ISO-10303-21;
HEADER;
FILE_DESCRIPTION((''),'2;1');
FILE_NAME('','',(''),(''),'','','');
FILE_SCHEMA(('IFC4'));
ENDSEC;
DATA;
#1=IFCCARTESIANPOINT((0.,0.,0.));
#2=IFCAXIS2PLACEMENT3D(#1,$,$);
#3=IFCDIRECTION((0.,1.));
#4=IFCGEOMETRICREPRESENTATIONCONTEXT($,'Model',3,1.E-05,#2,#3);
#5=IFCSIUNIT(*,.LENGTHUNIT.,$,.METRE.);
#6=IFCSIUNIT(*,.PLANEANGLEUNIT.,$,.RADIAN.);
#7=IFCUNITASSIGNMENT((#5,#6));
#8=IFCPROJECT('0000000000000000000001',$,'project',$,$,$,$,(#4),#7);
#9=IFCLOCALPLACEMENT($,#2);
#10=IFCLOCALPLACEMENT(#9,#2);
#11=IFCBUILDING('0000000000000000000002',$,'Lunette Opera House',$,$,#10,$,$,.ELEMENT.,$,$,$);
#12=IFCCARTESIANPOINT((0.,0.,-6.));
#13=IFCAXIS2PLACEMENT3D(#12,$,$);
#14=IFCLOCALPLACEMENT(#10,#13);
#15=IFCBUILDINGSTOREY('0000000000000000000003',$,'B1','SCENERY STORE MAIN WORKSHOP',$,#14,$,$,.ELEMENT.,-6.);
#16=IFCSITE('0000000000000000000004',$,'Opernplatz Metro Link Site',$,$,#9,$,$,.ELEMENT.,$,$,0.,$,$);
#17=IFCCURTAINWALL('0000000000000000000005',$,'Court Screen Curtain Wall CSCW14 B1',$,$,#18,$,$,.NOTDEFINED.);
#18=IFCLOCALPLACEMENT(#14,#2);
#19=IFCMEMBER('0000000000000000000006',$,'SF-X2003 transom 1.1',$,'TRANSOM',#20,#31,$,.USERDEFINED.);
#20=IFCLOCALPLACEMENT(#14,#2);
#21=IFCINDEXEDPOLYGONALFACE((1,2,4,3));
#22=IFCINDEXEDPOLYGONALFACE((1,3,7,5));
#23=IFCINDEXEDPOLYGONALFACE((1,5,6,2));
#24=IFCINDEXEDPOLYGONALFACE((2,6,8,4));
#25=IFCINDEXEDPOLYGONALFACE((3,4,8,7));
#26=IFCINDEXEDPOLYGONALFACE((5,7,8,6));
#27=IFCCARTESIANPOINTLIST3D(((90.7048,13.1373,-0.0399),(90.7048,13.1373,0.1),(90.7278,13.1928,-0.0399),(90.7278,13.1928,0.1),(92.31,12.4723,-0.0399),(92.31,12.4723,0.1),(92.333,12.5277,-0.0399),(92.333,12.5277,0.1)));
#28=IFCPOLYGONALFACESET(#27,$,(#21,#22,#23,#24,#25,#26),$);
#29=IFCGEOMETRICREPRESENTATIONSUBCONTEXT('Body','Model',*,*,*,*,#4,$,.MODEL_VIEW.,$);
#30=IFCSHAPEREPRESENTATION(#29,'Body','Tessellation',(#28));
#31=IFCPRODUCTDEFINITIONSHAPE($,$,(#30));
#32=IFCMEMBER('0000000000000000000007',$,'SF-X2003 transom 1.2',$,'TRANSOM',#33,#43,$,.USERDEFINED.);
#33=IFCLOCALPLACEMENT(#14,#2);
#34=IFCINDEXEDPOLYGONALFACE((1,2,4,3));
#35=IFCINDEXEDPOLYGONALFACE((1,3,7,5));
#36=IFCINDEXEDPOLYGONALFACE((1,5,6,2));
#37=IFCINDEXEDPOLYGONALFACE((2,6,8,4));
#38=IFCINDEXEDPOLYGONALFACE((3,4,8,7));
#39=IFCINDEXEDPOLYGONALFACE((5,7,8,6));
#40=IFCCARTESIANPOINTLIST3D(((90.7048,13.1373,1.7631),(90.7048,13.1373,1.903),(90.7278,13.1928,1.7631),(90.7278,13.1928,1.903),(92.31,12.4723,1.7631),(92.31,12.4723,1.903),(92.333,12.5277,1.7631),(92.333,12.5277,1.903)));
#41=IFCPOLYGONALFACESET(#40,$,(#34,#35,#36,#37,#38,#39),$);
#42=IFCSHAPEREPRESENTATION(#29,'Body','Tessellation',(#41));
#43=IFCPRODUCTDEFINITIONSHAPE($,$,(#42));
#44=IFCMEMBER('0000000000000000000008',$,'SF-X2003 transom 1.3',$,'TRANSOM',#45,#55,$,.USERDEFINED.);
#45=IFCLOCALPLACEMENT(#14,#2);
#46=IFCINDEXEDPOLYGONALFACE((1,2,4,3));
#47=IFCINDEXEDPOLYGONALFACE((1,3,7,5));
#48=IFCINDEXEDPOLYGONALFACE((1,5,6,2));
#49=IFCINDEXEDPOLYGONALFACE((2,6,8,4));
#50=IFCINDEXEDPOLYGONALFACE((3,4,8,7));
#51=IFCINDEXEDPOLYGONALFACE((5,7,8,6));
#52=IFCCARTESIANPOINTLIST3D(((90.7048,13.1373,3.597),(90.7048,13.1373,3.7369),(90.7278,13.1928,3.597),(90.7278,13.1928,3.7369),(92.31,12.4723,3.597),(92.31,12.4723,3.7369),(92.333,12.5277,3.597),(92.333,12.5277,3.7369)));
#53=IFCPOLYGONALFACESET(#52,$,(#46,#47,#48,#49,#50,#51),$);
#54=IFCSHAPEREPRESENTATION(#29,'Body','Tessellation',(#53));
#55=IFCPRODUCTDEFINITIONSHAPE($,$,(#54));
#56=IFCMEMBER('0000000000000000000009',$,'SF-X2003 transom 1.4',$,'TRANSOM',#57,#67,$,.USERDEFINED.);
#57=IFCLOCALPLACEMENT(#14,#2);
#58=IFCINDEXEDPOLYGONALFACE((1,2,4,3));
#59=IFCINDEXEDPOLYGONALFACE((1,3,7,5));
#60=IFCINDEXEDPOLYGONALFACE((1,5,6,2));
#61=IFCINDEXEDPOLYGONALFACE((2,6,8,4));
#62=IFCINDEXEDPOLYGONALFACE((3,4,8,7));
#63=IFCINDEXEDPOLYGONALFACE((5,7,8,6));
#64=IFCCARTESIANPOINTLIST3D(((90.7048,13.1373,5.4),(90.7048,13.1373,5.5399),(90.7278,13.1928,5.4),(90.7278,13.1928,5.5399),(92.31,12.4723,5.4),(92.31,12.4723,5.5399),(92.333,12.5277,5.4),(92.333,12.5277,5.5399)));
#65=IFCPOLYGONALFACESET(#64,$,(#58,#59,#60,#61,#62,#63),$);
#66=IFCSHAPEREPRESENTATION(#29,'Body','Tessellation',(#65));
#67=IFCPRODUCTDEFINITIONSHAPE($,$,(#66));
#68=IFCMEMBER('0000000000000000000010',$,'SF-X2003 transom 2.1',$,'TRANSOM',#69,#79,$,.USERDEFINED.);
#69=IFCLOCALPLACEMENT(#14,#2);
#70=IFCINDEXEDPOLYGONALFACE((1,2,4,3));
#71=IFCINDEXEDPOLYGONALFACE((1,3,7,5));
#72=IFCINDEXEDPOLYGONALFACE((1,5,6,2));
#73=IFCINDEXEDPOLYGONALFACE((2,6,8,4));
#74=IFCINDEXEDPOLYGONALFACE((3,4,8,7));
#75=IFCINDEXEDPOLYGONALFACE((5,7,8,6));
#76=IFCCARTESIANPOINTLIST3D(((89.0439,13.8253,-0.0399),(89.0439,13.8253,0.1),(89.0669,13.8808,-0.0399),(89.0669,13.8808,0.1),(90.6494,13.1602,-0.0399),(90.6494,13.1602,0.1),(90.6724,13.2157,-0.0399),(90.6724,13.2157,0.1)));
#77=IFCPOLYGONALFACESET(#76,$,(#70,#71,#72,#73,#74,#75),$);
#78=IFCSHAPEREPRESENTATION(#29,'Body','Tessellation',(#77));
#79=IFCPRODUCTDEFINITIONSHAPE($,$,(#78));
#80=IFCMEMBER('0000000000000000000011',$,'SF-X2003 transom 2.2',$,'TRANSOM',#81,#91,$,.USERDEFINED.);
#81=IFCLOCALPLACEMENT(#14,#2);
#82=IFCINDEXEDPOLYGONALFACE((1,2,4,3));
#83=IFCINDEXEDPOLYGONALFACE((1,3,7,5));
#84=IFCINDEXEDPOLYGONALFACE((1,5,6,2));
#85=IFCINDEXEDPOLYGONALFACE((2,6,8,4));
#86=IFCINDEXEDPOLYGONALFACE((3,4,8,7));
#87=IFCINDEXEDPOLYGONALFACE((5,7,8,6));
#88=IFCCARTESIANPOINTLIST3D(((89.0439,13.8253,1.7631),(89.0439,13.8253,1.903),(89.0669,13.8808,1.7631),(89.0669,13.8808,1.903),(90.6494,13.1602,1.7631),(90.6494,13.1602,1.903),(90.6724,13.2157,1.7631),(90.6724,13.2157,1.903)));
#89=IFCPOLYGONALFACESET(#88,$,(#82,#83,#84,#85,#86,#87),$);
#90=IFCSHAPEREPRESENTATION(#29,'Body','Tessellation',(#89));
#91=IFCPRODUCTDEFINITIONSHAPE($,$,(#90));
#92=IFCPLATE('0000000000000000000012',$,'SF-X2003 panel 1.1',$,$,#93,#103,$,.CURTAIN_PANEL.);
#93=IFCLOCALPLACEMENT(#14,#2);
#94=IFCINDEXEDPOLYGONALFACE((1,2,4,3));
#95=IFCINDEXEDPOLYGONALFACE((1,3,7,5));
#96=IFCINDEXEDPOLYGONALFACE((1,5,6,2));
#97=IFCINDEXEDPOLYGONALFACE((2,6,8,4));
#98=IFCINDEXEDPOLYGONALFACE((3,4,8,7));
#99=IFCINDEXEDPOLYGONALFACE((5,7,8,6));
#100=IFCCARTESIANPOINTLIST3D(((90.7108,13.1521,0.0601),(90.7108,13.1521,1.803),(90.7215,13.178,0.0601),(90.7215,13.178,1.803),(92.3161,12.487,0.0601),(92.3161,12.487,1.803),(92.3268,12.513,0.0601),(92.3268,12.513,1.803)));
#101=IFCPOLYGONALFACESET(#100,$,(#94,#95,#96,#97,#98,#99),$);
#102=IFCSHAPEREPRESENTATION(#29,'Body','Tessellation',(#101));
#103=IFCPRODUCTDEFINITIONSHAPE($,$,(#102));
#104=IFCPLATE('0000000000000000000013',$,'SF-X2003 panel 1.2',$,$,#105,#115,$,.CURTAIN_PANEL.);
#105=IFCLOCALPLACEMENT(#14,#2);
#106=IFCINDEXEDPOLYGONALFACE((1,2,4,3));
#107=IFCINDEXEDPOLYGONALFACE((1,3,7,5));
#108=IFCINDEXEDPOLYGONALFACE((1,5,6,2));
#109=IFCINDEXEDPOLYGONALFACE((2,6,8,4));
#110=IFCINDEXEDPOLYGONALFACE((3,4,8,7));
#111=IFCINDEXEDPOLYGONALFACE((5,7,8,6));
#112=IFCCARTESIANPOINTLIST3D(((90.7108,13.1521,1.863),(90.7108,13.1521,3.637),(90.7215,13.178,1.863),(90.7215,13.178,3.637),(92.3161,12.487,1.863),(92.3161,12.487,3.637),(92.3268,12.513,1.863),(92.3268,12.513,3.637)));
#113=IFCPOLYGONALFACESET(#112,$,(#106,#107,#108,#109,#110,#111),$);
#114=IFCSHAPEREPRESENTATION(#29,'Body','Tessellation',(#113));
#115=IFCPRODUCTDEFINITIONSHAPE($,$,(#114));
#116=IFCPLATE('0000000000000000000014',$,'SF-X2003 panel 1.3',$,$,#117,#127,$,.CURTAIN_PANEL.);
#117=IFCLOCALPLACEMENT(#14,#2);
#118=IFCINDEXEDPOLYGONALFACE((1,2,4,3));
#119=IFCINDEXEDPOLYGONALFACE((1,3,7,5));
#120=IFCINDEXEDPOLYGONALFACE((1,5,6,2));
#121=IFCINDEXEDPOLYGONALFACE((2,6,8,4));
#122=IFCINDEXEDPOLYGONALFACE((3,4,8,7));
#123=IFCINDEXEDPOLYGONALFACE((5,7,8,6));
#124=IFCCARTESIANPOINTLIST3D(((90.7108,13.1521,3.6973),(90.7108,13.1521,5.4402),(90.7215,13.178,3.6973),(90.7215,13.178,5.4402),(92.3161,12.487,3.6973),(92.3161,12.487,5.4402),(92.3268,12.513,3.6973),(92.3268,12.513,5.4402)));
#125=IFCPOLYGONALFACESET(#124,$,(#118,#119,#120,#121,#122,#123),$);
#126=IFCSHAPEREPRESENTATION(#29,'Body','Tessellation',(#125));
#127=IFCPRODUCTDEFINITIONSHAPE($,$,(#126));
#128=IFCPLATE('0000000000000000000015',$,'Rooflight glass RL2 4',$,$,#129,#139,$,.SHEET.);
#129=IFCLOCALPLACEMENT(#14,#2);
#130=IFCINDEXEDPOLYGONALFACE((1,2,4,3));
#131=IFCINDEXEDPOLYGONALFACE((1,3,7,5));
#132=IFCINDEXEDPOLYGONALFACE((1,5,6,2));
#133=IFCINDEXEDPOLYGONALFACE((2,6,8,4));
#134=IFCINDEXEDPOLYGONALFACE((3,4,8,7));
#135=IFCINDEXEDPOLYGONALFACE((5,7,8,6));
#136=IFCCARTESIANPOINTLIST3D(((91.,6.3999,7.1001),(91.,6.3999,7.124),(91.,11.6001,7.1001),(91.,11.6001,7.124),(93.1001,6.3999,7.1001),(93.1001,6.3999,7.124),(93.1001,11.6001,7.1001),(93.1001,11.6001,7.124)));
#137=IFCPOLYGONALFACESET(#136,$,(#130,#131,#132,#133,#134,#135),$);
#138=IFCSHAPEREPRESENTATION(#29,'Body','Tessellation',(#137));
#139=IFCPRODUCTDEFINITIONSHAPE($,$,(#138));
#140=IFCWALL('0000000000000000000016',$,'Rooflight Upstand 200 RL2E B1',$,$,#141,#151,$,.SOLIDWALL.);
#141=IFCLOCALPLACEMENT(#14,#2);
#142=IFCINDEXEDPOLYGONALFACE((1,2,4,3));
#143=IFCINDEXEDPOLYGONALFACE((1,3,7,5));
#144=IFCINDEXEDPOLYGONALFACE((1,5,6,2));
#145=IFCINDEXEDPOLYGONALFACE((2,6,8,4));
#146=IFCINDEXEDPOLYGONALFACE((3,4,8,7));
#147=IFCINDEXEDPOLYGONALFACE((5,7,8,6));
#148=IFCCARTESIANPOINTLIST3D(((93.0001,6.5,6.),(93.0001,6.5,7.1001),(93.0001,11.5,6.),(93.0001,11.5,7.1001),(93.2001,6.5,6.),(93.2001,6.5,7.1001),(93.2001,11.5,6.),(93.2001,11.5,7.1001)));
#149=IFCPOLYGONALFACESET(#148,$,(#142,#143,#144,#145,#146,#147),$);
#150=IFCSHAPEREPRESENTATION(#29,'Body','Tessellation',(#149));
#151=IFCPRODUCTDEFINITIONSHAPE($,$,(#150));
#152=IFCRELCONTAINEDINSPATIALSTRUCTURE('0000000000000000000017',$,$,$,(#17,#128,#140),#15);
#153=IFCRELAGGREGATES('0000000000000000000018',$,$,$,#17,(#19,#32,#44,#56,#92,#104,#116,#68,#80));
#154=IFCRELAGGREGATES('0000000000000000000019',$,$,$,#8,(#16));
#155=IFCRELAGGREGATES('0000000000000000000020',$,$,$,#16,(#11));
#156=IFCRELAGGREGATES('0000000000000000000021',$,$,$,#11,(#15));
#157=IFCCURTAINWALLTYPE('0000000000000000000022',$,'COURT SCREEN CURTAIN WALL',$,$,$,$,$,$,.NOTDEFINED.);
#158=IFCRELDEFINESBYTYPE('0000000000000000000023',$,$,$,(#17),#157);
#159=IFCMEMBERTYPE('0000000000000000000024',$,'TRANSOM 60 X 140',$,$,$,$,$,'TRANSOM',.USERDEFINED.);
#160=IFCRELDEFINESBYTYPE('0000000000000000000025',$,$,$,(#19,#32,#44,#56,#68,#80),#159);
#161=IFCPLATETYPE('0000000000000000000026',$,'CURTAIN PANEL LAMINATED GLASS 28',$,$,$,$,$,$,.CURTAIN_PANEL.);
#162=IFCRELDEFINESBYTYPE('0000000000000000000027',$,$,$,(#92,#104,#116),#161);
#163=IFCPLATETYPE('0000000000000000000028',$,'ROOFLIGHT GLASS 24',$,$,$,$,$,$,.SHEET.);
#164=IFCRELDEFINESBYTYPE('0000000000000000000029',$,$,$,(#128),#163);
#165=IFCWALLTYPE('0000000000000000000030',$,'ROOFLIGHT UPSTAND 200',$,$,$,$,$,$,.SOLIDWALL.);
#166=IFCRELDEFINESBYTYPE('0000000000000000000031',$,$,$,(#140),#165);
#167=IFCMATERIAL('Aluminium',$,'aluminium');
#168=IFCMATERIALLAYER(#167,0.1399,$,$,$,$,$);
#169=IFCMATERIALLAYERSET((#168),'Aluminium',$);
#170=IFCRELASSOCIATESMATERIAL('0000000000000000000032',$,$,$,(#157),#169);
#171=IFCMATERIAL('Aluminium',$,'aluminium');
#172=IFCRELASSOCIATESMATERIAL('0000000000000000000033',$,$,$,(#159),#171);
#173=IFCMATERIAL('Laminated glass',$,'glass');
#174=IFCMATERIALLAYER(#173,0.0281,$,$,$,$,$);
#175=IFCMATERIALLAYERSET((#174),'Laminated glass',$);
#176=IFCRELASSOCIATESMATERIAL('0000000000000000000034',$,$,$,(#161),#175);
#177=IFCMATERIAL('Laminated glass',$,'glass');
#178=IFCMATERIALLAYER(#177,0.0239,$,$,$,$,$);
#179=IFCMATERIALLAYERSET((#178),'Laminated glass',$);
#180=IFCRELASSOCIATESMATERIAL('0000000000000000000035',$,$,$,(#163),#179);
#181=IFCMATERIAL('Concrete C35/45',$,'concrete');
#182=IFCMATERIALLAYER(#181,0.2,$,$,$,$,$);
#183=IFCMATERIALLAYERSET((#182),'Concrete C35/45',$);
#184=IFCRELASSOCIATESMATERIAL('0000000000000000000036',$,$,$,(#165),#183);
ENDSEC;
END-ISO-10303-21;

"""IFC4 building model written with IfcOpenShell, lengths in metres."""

from ifc_helpers import new_model, si_unit, direction, frame, frame_2d, origin, origin_2d, place, context, subcontext, project, spatial, polyline, rectangle, outline, extrude, material, layer, layer_set, material_profile, profile_set, type_object, element, aggregate, save


model = new_model("IFC4")

# Units and contexts
model_context = context("Model", 3, precision=1e-05, world=origin(), true_north=direction((0.0, 1.0)))
body_context = subcontext(model_context, "Body", "Model", "MODEL_VIEW")
ifc_project = project(units=[si_unit("LENGTHUNIT", "METRE"), si_unit("PLANEANGLEUNIT", "RADIAN")], contexts=[model_context])

# Site, building, storey
site_placement = place(None, origin())
site = spatial("IfcSite", under=ifc_project, at=site_placement, Name="Opernplatz Metro Link Site", CompositionType="ELEMENT", RefElevation=0.0)
building_placement = place(site_placement, origin())
building = spatial("IfcBuilding", under=site, at=building_placement, Name="Lunette Opera House", CompositionType="ELEMENT")
storey_placement = place(building_placement, frame((0.0, 0.0, -6.0)))
storey = spatial("IfcBuildingStorey", under=building, at=storey_placement, Name="B1", Description="SCENERY STORE MAIN WORKSHOP", CompositionType="ELEMENT", Elevation=-6.0)

# Shared definitions
ifc_material_1 = material(Name="Aluminium", Category="aluminium")
ifc_layer_1 = layer(ifc_material_1, 0.1399)
ifc_layer_set_1 = layer_set([ifc_layer_1], Name="Aluminium")
curtain_wall_type = type_object("IfcCurtainWallType", Name="COURT SCREEN CURTAIN WALL", PredefinedType="NOTDEFINED", material=ifc_layer_set_1)

# Curtain wall
curtain_wall_1_placement = place(storey_placement, origin())
curtain_wall_1 = element("IfcCurtainWall", 1, at=curtain_wall_1_placement, inside=storey, type_object=curtain_wall_type, Name="Court Screen Curtain Wall CSCW14 B1", PredefinedType="NOTDEFINED")

# Members
ifc_material_2 = material(Name="Aluminium", Category="aluminium")
ifc_material_profile_1 = material_profile(ifc_material_2, rectangle(XDim=0.0601, YDim=0.1399, at=origin_2d()), Name="TRANSOM 60 X 140")
ifc_profile_set_1 = profile_set([ifc_material_profile_1], Name="Aluminium")
member_type_1 = type_object("IfcMemberType", Name="TRANSOM 60 X 140", ElementType="TRANSOM", PredefinedType="USERDEFINED", material=ifc_profile_set_1)
member_1_placement = place(storey_placement, frame((92.3215, 12.5, 0.03), z_axis=(-0.923852, 0.382749, 0.0), x_axis=(-0.382749, -0.923852, 0.0)))
member_1 = element("IfcMember", 2, at=member_1_placement, type_object=member_type_1, Name="SF-X2003 transom 1.1", ObjectType="TRANSOM", PredefinedType="USERDEFINED", context=body_context, shape_type="SweptSolid", body=[
    extrude(rectangle(XDim=0.0601, YDim=0.1399, at=origin_2d()), origin(), (0.0, 0.0, 1.0), 1.7375),
])
member_2_placement = place(storey_placement, frame((92.3215, 12.5, 1.833), z_axis=(-0.923852, 0.382749, 0.0), x_axis=(-0.382749, -0.923852, 0.0)))
member_2 = element("IfcMember", 3, at=member_2_placement, type_object=member_type_1, Name="SF-X2003 transom 1.2", ObjectType="TRANSOM", PredefinedType="USERDEFINED", context=body_context, shape_type="SweptSolid", body=[
    extrude(rectangle(XDim=0.0601, YDim=0.1399, at=origin_2d()), origin(), (0.0, 0.0, 1.0), 1.7375),
])
member_3_placement = place(storey_placement, frame((92.3215, 12.5, 3.667), z_axis=(-0.923852, 0.382749, 0.0), x_axis=(-0.382749, -0.923852, 0.0)))
member_3 = element("IfcMember", 4, at=member_3_placement, type_object=member_type_1, Name="SF-X2003 transom 1.3", ObjectType="TRANSOM", PredefinedType="USERDEFINED", context=body_context, shape_type="SweptSolid", body=[
    extrude(rectangle(XDim=0.0601, YDim=0.1399, at=origin_2d()), origin(), (0.0, 0.0, 1.0), 1.7375),
])
member_4_placement = place(storey_placement, frame((92.3215, 12.5, 5.47), z_axis=(-0.923852, 0.382749, 0.0), x_axis=(-0.382749, -0.923852, 0.0)))
member_4 = element("IfcMember", 5, at=member_4_placement, type_object=member_type_1, Name="SF-X2003 transom 1.4", ObjectType="TRANSOM", PredefinedType="USERDEFINED", context=body_context, shape_type="SweptSolid", body=[
    extrude(rectangle(XDim=0.0601, YDim=0.1399, at=origin_2d()), origin(), (0.0, 0.0, 1.0), 1.7375),
])
member_5_placement = place(storey_placement, frame((90.6609, 13.188, 0.03), z_axis=(-0.923873, 0.382699, 0.0), x_axis=(-0.382699, -0.923873, 0.0)))
member_5 = element("IfcMember", 6, at=member_5_placement, type_object=member_type_1, Name="SF-X2003 transom 2.1", ObjectType="TRANSOM", PredefinedType="USERDEFINED", context=body_context, shape_type="SweptSolid", body=[
    extrude(rectangle(XDim=0.0601, YDim=0.1399, at=origin_2d()), origin(), (0.0, 0.0, 1.0), 1.7378),
])
member_6_placement = place(storey_placement, frame((90.6609, 13.188, 1.833), z_axis=(-0.923873, 0.382699, 0.0), x_axis=(-0.382699, -0.923873, 0.0)))
member_6 = element("IfcMember", 7, at=member_6_placement, type_object=member_type_1, Name="SF-X2003 transom 2.2", ObjectType="TRANSOM", PredefinedType="USERDEFINED", context=body_context, shape_type="SweptSolid", body=[
    extrude(rectangle(XDim=0.0601, YDim=0.1399, at=origin_2d()), origin(), (0.0, 0.0, 1.0), 1.7378),
])

# Plates
ifc_material_3 = material(Name="Laminated glass", Category="glass")
ifc_layer_2 = layer(ifc_material_3, 0.0281)
ifc_layer_set_2 = layer_set([ifc_layer_2], Name="Laminated glass")
plate_type_1 = type_object("IfcPlateType", Name="CURTAIN PANEL LAMINATED GLASS 28", PredefinedType="CURTAIN_PANEL", material=ifc_layer_set_2)
plate_1_placement = place(storey_placement, frame((91.5188, 12.8325, 0.0601), z_axis=(0.0, 0.0, 1.0), x_axis=(-0.92386, 0.38273, 0.0)))
plate_1 = element("IfcPlate", 8, at=plate_1_placement, type_object=plate_type_1, Name="SF-X2003 panel 1.1", PredefinedType="CURTAIN_PANEL", context=body_context, shape_type="SweptSolid", body=[
    extrude(rectangle(XDim=1.7375, YDim=0.0281, at=origin_2d()), origin(), (0.0, 0.0, 1.0), 1.7429),
])
plate_2_placement = place(storey_placement, frame((91.5188, 12.8325, 1.863), z_axis=(0.0, 0.0, 1.0), x_axis=(-0.92386, 0.38273, 0.0)))
plate_2 = element("IfcPlate", 9, at=plate_2_placement, type_object=plate_type_1, Name="SF-X2003 panel 1.2", PredefinedType="CURTAIN_PANEL", context=body_context, shape_type="SweptSolid", body=[
    extrude(rectangle(XDim=1.7375, YDim=0.0281, at=origin_2d()), origin(), (0.0, 0.0, 1.0), 1.7739),
])
plate_3_placement = place(storey_placement, frame((91.5188, 12.8325, 3.6973), z_axis=(0.0, 0.0, 1.0), x_axis=(-0.92386, 0.38273, 0.0)))
plate_3 = element("IfcPlate", 10, at=plate_3_placement, type_object=plate_type_1, Name="SF-X2003 panel 1.3", PredefinedType="CURTAIN_PANEL", context=body_context, shape_type="SweptSolid", body=[
    extrude(rectangle(XDim=1.7375, YDim=0.0281, at=origin_2d()), origin(), (0.0, 0.0, 1.0), 1.7429),
])
aggregate(curtain_wall_1, [member_1, member_2, member_3, member_4, plate_1, plate_2, plate_3, member_5, member_6])
ifc_material_4 = material(Name="Laminated glass", Category="glass")
ifc_layer_3 = layer(ifc_material_4, 0.0239)
ifc_layer_set_3 = layer_set([ifc_layer_3], Name="Laminated glass")
plate_type_2 = type_object("IfcPlateType", Name="ROOFLIGHT GLASS 24", PredefinedType="SHEET", material=ifc_layer_set_3)
plate_4_placement = place(storey_placement, frame((91.0, 6.3999, 7.124), z_axis=(0.0, 0.0, 1.0), x_axis=(1.0, 0.0, 0.0)))
element("IfcPlate", 11, at=plate_4_placement, inside=storey, type_object=plate_type_2, Name="Rooflight glass RL2 4", PredefinedType="SHEET", context=body_context, shape_type="SweptSolid", body=[
    extrude(outline(polyline([(0.0, 0.0), (2.1001, 0.0), (2.1001, 5.2002), (0.0, 5.2002), (0.0, 0.0)])), origin(), (0.0, 0.0, -1.0), 0.0239),
])

# Wall
ifc_material_5 = material(Name="Concrete C35/45", Category="concrete")
ifc_layer_4 = layer(ifc_material_5, 0.2)
ifc_layer_set_4 = layer_set([ifc_layer_4], Name="Concrete C35/45")
wall_type_1 = type_object("IfcWallType", Name="ROOFLIGHT UPSTAND 200", PredefinedType="SOLIDWALL", material=ifc_layer_set_4)
wall_1_placement = place(storey_placement, frame((93.1001, 6.5, 6.0), z_axis=(0.0, 0.0, 1.0), x_axis=(0.0, 1.0, 0.0)))
element("IfcWall", 12, at=wall_1_placement, inside=storey, type_object=wall_type_1, Name="Rooflight Upstand 200 RL2E B1", PredefinedType="SOLIDWALL", context=body_context, shape_type="SweptSolid", body=[
    extrude(rectangle(XDim=5.0, YDim=0.2, at=frame_2d((2.5, 0.0))), origin(), (0.0, 0.0, 1.0), 1.1001),
])

save(model, "model.ifc")
